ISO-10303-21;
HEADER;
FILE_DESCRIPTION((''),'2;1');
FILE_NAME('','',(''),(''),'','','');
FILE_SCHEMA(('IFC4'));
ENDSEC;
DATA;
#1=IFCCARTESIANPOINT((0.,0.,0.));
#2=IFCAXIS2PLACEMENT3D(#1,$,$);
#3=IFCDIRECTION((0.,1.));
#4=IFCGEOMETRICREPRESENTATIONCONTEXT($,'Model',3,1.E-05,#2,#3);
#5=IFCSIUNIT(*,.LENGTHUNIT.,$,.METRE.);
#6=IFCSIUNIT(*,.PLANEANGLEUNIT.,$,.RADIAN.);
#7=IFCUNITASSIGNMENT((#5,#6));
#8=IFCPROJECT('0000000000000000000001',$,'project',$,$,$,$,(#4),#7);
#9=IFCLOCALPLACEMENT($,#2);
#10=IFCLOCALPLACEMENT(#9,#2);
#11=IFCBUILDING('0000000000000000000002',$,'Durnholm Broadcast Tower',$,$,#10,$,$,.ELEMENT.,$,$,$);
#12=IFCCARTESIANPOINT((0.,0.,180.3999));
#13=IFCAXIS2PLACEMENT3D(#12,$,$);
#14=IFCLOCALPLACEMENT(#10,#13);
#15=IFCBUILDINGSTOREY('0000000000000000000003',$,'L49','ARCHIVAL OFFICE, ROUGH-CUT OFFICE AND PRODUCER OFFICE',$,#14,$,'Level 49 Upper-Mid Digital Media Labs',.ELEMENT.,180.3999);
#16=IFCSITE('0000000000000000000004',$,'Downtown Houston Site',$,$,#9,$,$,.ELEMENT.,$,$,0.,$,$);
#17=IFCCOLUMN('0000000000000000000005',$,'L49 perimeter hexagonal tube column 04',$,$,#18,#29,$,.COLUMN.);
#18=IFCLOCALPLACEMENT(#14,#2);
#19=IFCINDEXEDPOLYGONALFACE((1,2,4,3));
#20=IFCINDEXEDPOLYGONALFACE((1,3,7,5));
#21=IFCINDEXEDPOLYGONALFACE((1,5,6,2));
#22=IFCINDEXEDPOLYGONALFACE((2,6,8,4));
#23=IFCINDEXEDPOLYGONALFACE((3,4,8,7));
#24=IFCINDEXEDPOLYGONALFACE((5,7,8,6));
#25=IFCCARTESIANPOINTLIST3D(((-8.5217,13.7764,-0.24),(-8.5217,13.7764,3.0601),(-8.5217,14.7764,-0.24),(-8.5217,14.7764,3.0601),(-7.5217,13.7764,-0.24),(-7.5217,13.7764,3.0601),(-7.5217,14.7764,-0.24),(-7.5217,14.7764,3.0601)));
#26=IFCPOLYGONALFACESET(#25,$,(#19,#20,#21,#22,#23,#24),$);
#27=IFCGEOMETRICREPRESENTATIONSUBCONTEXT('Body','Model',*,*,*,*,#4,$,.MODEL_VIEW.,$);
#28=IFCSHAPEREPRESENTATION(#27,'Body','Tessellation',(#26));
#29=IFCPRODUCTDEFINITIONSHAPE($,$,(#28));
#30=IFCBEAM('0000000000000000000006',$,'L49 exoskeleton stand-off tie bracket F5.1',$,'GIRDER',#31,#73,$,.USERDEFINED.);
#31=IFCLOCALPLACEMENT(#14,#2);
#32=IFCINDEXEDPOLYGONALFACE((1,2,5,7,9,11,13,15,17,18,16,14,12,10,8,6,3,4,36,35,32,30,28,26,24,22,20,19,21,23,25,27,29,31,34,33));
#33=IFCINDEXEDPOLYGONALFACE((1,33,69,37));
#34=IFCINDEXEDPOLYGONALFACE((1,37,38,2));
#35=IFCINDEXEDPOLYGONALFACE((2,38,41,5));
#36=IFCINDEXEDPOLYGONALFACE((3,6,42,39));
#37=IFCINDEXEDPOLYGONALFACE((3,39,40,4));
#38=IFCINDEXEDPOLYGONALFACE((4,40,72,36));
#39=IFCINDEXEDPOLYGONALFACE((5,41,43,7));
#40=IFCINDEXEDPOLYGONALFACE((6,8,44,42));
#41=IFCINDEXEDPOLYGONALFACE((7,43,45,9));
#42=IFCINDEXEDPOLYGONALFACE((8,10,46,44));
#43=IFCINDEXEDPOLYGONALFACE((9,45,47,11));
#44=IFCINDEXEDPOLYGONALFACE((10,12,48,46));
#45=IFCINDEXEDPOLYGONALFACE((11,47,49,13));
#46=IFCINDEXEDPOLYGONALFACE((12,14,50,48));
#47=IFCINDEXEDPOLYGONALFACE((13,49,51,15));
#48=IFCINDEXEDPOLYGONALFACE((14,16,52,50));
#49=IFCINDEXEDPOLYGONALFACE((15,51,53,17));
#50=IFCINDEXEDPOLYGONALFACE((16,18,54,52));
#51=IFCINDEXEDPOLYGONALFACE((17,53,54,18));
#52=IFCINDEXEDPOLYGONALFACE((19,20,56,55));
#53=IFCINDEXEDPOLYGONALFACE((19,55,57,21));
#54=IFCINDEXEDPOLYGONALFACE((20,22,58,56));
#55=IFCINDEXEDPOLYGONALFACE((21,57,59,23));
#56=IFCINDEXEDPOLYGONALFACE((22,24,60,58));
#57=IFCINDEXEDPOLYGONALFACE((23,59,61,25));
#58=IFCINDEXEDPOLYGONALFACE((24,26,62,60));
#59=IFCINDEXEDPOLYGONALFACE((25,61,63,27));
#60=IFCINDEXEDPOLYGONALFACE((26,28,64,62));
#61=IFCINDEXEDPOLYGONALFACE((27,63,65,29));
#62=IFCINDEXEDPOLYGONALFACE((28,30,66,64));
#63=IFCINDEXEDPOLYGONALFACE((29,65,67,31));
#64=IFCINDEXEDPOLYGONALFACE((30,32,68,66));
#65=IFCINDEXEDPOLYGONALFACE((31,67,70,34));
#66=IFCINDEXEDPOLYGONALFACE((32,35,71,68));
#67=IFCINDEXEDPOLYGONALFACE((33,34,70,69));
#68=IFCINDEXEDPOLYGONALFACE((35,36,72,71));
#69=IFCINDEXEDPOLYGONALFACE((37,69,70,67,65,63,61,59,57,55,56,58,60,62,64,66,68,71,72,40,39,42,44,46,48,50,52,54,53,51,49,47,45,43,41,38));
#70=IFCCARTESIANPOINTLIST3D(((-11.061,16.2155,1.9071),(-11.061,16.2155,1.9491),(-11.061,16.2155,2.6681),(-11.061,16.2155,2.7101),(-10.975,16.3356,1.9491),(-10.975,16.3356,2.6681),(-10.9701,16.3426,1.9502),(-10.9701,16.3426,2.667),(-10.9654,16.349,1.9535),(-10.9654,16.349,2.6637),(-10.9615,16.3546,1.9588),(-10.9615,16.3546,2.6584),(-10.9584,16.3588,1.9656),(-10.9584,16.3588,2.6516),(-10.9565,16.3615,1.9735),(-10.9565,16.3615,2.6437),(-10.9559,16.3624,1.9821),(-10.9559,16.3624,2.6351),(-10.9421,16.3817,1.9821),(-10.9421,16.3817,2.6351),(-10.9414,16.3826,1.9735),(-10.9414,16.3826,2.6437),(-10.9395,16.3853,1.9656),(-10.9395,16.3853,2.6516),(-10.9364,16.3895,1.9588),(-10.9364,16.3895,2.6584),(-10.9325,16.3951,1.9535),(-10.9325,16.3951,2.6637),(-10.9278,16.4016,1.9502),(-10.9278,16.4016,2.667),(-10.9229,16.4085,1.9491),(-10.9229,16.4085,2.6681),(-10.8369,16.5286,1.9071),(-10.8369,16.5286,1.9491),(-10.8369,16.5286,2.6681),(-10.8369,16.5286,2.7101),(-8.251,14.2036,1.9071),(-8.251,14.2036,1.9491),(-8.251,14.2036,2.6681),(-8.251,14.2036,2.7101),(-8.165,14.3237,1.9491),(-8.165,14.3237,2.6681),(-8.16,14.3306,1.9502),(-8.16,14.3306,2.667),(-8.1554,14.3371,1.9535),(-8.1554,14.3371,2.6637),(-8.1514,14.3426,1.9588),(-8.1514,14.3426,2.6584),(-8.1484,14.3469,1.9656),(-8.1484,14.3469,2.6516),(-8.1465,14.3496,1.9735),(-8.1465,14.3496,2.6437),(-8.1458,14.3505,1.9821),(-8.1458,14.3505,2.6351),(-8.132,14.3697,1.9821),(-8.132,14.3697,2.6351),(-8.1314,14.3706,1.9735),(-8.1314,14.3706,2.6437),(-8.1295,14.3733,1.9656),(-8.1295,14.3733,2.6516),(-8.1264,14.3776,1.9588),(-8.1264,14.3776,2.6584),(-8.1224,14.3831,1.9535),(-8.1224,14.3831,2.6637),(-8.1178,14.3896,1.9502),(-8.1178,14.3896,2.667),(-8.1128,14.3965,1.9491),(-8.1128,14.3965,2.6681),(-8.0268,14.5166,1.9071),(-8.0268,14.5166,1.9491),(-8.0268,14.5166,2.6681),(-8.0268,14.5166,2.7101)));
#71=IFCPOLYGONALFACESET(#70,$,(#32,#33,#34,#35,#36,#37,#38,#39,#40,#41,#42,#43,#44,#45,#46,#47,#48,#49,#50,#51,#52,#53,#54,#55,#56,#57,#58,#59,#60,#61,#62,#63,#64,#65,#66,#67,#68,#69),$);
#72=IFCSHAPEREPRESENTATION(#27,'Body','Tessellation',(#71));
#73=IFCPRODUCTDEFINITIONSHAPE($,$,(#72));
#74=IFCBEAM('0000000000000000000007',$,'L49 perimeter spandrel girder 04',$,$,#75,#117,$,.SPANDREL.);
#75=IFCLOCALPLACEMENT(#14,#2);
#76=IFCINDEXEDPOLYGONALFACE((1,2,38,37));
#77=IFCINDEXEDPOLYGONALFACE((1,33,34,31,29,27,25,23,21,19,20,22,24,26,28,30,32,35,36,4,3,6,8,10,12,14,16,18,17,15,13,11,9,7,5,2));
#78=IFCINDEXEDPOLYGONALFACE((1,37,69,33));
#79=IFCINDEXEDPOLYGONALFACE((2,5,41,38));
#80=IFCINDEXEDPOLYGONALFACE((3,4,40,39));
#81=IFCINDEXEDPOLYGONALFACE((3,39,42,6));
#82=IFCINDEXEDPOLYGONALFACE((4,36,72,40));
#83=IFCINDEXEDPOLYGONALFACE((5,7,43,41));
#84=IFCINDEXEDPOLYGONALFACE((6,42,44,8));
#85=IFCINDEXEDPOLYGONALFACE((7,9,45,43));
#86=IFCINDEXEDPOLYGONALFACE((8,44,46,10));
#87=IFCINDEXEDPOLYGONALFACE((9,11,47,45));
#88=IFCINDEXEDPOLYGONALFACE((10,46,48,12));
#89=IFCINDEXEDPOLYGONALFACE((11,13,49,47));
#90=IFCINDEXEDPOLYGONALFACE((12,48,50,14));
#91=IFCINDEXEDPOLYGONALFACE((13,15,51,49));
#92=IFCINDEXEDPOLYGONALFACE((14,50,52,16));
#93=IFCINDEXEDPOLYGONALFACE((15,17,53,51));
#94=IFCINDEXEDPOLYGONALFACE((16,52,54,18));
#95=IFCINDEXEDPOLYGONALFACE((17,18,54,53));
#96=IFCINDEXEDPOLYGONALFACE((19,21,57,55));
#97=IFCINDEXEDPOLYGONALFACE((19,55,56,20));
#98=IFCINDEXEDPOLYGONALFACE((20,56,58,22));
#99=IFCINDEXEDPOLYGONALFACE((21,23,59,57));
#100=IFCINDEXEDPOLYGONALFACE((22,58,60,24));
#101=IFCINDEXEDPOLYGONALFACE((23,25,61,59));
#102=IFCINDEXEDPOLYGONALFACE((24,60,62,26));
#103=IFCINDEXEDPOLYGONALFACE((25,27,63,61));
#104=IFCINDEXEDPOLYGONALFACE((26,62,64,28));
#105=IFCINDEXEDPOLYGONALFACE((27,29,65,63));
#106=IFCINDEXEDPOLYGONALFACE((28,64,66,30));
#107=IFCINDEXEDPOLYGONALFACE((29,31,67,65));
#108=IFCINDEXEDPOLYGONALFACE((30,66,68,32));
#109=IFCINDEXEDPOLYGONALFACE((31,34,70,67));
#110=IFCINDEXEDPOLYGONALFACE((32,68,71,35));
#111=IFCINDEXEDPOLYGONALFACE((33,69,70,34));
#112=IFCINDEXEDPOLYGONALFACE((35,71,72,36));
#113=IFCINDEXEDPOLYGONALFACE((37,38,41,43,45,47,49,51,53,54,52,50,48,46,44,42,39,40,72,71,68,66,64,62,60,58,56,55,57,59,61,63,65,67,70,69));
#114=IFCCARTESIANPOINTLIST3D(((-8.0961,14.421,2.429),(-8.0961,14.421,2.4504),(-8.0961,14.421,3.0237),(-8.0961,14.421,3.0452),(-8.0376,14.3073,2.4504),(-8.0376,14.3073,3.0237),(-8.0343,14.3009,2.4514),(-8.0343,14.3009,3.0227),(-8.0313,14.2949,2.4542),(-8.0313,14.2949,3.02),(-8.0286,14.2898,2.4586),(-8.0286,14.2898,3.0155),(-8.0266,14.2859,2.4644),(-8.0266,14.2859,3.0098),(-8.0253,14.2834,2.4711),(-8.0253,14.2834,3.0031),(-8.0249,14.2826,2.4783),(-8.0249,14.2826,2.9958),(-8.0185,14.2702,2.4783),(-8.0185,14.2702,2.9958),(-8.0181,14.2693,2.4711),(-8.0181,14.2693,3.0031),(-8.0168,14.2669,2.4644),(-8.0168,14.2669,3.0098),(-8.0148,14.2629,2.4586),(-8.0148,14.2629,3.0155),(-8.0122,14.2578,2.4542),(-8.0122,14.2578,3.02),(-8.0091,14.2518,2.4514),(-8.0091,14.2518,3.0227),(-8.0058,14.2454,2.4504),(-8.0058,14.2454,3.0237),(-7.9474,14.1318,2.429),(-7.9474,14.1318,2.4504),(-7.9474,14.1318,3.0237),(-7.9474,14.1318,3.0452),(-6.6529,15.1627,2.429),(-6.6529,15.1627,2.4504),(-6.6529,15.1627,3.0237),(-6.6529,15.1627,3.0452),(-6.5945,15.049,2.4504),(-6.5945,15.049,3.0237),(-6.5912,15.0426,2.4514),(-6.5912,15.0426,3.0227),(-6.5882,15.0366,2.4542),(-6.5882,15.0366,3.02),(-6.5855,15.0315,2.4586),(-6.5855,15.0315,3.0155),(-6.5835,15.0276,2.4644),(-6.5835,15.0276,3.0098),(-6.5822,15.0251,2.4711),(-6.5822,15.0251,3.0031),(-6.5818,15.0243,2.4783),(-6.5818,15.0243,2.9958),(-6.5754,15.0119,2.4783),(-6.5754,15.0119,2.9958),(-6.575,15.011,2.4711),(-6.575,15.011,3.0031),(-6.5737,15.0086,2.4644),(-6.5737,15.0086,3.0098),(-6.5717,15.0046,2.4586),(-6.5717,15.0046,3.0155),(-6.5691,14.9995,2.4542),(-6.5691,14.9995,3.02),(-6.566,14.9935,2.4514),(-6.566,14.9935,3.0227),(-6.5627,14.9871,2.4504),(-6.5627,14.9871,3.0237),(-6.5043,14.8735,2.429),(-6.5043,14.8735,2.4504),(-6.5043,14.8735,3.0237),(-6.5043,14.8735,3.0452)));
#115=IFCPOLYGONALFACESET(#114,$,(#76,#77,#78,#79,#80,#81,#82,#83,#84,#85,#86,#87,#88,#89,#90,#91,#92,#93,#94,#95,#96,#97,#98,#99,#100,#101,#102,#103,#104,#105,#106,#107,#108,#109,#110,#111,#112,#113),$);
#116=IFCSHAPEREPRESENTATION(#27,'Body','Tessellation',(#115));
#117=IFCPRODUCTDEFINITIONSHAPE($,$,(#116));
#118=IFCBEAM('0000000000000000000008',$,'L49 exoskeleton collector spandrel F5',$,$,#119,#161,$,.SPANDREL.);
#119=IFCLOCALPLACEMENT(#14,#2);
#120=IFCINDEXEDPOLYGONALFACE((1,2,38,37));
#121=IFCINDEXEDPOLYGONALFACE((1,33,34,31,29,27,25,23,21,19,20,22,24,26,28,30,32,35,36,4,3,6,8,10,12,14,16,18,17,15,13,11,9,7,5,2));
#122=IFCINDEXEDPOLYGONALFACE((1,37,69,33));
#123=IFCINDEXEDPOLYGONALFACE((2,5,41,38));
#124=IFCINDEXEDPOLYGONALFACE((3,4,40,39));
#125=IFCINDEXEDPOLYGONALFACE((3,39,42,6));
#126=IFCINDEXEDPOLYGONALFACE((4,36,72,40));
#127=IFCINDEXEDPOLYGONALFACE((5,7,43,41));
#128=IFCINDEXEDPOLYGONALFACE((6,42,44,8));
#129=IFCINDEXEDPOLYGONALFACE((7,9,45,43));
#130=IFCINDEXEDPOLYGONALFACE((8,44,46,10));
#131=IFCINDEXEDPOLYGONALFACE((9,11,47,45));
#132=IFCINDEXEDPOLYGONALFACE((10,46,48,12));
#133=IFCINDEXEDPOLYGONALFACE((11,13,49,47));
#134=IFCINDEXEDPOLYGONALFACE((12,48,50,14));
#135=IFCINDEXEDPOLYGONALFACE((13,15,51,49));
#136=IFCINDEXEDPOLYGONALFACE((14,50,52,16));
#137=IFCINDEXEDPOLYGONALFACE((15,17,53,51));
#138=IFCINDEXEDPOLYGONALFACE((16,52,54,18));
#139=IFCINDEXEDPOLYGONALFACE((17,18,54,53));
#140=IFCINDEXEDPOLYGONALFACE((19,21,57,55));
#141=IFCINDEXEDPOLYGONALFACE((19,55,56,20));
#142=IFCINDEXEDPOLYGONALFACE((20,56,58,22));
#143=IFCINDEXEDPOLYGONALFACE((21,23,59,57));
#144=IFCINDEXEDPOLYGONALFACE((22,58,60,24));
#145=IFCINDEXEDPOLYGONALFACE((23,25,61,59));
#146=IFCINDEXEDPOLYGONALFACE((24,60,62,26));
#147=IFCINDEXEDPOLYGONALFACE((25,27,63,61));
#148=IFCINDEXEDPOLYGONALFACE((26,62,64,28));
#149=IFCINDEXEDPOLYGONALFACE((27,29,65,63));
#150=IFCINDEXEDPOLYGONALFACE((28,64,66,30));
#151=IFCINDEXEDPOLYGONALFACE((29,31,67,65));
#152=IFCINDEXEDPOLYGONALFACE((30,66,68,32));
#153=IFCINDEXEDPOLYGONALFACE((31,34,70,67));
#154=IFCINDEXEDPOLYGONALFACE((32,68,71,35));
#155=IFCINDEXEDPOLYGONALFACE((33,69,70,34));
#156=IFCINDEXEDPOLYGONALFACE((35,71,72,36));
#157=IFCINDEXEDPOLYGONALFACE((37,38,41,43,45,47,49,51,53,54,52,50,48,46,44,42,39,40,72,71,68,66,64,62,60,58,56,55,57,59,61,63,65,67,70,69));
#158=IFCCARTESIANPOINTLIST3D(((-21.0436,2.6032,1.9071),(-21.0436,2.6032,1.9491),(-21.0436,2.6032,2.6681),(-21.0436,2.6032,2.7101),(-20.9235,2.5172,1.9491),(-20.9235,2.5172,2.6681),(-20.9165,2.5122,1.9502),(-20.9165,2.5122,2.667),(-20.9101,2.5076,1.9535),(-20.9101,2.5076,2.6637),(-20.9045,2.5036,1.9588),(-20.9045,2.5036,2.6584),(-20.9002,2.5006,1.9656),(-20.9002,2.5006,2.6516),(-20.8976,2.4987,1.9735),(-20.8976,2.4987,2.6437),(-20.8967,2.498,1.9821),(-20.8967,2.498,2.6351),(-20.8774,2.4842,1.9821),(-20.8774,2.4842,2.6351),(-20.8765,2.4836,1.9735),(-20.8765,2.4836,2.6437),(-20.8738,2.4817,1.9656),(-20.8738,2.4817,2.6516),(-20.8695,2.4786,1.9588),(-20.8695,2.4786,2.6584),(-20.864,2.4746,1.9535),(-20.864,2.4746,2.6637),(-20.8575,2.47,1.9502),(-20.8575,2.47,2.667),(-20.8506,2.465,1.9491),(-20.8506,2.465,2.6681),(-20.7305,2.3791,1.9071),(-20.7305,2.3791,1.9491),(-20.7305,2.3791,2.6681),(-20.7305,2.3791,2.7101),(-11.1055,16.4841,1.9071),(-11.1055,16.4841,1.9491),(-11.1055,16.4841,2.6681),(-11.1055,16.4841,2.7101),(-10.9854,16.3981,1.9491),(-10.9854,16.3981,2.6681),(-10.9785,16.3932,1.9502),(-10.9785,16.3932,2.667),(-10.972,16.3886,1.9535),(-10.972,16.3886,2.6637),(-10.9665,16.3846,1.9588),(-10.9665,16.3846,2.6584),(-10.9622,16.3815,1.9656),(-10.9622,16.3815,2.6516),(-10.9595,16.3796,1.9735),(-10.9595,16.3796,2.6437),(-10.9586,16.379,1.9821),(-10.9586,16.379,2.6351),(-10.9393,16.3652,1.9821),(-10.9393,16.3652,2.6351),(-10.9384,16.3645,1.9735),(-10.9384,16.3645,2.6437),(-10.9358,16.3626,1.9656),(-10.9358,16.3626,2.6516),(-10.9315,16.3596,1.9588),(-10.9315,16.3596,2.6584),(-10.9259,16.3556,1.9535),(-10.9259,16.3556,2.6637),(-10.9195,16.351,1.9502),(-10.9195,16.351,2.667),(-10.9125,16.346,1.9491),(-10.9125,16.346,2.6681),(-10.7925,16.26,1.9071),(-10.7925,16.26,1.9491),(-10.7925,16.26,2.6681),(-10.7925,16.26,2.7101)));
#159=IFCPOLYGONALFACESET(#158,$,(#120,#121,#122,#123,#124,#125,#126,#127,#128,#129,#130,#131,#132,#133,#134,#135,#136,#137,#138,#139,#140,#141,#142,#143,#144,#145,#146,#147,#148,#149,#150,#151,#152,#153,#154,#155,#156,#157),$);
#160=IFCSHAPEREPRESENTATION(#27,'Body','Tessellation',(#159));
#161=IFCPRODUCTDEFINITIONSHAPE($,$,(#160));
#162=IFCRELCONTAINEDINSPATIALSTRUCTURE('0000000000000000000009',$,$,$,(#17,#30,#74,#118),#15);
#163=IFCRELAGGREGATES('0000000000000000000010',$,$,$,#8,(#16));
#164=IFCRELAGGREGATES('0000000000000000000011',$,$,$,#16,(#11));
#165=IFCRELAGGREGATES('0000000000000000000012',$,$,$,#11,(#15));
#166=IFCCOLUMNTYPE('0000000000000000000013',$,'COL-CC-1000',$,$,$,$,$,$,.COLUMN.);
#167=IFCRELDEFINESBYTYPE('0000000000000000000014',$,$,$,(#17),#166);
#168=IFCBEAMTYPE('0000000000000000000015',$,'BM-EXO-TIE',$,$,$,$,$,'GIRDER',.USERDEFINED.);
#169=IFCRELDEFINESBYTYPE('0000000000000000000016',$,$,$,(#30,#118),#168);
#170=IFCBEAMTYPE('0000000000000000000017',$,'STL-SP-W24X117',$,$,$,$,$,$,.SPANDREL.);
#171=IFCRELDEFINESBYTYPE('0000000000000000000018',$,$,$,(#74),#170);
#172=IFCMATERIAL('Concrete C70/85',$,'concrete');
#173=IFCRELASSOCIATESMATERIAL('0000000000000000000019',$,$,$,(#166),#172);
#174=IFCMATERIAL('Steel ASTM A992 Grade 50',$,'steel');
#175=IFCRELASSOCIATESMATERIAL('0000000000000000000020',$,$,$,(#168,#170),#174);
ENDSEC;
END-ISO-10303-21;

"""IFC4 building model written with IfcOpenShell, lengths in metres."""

from ifc_helpers import new_model, si_unit, direction, frame, origin, origin_2d, place, context, subcontext, project, spatial, rectangle, i_section, extrude, source, transform, mapped, material, material_profile, profile_set, type_object, type_shapes, element, save


model = new_model("IFC4")

# Units and contexts
model_context = context("Model", 3, precision=1e-05, world=origin(), true_north=direction((0.0, 1.0)))
body_context = subcontext(model_context, "Body", "Model", "MODEL_VIEW")
ifc_project = project(units=[si_unit("LENGTHUNIT", "METRE"), si_unit("PLANEANGLEUNIT", "RADIAN")], contexts=[model_context])

# Site, building, storey
site_placement = place(None, origin())
site = spatial("IfcSite", under=ifc_project, at=site_placement, Name="Downtown Houston Site", CompositionType="ELEMENT", RefElevation=0.0)
building_placement = place(site_placement, origin())
building = spatial("IfcBuilding", under=site, at=building_placement, Name="Durnholm Broadcast Tower", CompositionType="ELEMENT")
storey_placement = place(building_placement, frame((0.0, 0.0, 180.3999)))
storey = spatial("IfcBuildingStorey", under=building, at=storey_placement, Name="L49", Description="ARCHIVAL OFFICE, ROUGH-CUT OFFICE AND PRODUCER OFFICE", LongName="Level 49 Upper-Mid Digital Media Labs", CompositionType="ELEMENT", Elevation=180.3999)

# Column
ifc_material_1 = material(Name="Concrete C70/85", Category="concrete")
ifc_material_profile_1 = material_profile(ifc_material_1, rectangle(XDim=1.0, YDim=1.0, at=origin_2d()), Name="RC1000X1000")
ifc_profile_set_1 = profile_set([ifc_material_profile_1], Name="Concrete C70/85")
column_type = type_object("IfcColumnType", Name="COL-CC-1000", PredefinedType="COLUMN", material=ifc_profile_set_1)
shared_shape_1 = source(origin(), body_context, "Body", "SweptSolid", [
    extrude(rectangle(XDim=1.0, YDim=1.0, at=origin_2d()), origin(), (0.0, 0.0, 1.0), 3.3),
])
type_shapes(column_type, [shared_shape_1])
column_placement = place(storey_placement, frame((-8.0217, 14.2764, -0.24), z_axis=(0.0, 0.0, 1.0), x_axis=(1.0, 0.0, 0.0)))
element("IfcColumn", 1, at=column_placement, inside=storey, type_object=column_type, Name="L49 perimeter hexagonal tube column 04", PredefinedType="COLUMN", context=body_context, shape_type="MappedRepresentation", body=[
    mapped(shared_shape_1, transform((0.0, 0.0, 0.0), x_axis=(1.0, 0.0, 0.0), y_axis=(0.0, 1.0, 0.0), z_axis=(0.0, 0.0, 1.0), scale=1.0)),
])

# Beams
ifc_material_2 = material(Name="Steel ASTM A992 Grade 50", Category="steel")
ifc_material_profile_2 = material_profile(ifc_material_2, i_section(OverallWidth=0.385, OverallDepth=0.803, WebThickness=0.0237, FlangeThickness=0.042, FilletRadius=0.033, at=origin_2d()), Name="W30X261")
ifc_profile_set_2 = profile_set([ifc_material_profile_2], Name="Steel ASTM A992 Grade 50")
beam_type_1 = type_object("IfcBeamType", Name="BM-EXO-TIE", ElementType="GIRDER", PredefinedType="USERDEFINED", material=ifc_profile_set_2)
shared_shape_2 = source(origin(), body_context, "Body", "SweptSolid", [
    extrude(i_section(OverallWidth=0.385, OverallDepth=0.803, WebThickness=0.0237, FlangeThickness=0.042, FilletRadius=0.033, at=origin_2d()), origin(), (0.0, 0.0, 1.0), 3.4561),
])
beam_1_placement = place(storey_placement, frame((-8.1389, 14.3601, 2.3086), z_axis=(-0.813079, 0.582153, 0.0), x_axis=(-0.582153, -0.813079, 0.0)))
element("IfcBeam", 2, at=beam_1_placement, inside=storey, type_object=beam_type_1, Name="L49 exoskeleton stand-off tie bracket F5.1", ObjectType="GIRDER", PredefinedType="USERDEFINED", context=body_context, shape_type="MappedRepresentation", body=[
    mapped(shared_shape_2, transform((0.0, 0.0, 0.0), x_axis=(1.0, 0.0, 0.0), y_axis=(0.0, 1.0, 0.0), z_axis=(0.0, 0.0, 1.0), scale=1.0)),
])
ifc_material_profile_3 = material_profile(ifc_material_2, i_section(OverallWidth=0.3252, OverallDepth=0.6162, WebThickness=0.0139, FlangeThickness=0.0215, FilletRadius=0.0278, at=origin_2d()), Name="W24X117")
ifc_profile_set_3 = profile_set([ifc_material_profile_3], Name="Steel ASTM A992 Grade 50")
beam_type_2 = type_object("IfcBeamType", Name="STL-SP-W24X117", PredefinedType="SPANDREL", material=ifc_profile_set_3)
shared_shape_3 = source(origin(), body_context, "Body", "SweptSolid", [
    extrude(i_section(OverallWidth=0.3252, OverallDepth=0.6162, WebThickness=0.0139, FlangeThickness=0.0215, FilletRadius=0.0278, at=origin_2d()), origin(), (0.0, 0.0, 1.0), 1.6226),
])
type_shapes(beam_type_2, [shared_shape_3])
beam_2_placement = place(storey_placement, frame((-8.0217, 14.2764, 2.7371), z_axis=(0.889407, 0.457117, 0.0), x_axis=(-0.457117, 0.889407, 0.0)))
element("IfcBeam", 3, at=beam_2_placement, inside=storey, type_object=beam_type_2, Name="L49 perimeter spandrel girder 04", PredefinedType="SPANDREL", context=body_context, shape_type="MappedRepresentation", body=[
    mapped(shared_shape_3, transform((0.0, 0.0, 0.0), x_axis=(1.0, 0.0, 0.0), y_axis=(0.0, 1.0, 0.0), z_axis=(0.0, 0.0, 1.0), scale=1.0)),
])
shared_shape_4 = source(origin(), body_context, "Body", "SweptSolid", [
    extrude(i_section(OverallWidth=0.385, OverallDepth=0.803, WebThickness=0.0237, FlangeThickness=0.042, FilletRadius=0.033, at=origin_2d()), origin(), (0.0, 0.0, 1.0), 17.0718),
])
type_shapes(beam_type_1, [shared_shape_2, shared_shape_4])
beam_3_placement = place(storey_placement, frame((-10.949, 16.3721, 2.3086), z_axis=(-0.582133, -0.813093, 0.0), x_axis=(0.813093, -0.582133, 0.0)))
element("IfcBeam", 4, at=beam_3_placement, inside=storey, type_object=beam_type_1, Name="L49 exoskeleton collector spandrel F5", PredefinedType="SPANDREL", context=body_context, shape_type="MappedRepresentation", body=[
    mapped(shared_shape_4, transform((0.0, 0.0, 0.0), x_axis=(1.0, 0.0, 0.0), y_axis=(0.0, 1.0, 0.0), z_axis=(0.0, 0.0, 1.0), scale=1.0)),
])

save(model, "model.ifc")
